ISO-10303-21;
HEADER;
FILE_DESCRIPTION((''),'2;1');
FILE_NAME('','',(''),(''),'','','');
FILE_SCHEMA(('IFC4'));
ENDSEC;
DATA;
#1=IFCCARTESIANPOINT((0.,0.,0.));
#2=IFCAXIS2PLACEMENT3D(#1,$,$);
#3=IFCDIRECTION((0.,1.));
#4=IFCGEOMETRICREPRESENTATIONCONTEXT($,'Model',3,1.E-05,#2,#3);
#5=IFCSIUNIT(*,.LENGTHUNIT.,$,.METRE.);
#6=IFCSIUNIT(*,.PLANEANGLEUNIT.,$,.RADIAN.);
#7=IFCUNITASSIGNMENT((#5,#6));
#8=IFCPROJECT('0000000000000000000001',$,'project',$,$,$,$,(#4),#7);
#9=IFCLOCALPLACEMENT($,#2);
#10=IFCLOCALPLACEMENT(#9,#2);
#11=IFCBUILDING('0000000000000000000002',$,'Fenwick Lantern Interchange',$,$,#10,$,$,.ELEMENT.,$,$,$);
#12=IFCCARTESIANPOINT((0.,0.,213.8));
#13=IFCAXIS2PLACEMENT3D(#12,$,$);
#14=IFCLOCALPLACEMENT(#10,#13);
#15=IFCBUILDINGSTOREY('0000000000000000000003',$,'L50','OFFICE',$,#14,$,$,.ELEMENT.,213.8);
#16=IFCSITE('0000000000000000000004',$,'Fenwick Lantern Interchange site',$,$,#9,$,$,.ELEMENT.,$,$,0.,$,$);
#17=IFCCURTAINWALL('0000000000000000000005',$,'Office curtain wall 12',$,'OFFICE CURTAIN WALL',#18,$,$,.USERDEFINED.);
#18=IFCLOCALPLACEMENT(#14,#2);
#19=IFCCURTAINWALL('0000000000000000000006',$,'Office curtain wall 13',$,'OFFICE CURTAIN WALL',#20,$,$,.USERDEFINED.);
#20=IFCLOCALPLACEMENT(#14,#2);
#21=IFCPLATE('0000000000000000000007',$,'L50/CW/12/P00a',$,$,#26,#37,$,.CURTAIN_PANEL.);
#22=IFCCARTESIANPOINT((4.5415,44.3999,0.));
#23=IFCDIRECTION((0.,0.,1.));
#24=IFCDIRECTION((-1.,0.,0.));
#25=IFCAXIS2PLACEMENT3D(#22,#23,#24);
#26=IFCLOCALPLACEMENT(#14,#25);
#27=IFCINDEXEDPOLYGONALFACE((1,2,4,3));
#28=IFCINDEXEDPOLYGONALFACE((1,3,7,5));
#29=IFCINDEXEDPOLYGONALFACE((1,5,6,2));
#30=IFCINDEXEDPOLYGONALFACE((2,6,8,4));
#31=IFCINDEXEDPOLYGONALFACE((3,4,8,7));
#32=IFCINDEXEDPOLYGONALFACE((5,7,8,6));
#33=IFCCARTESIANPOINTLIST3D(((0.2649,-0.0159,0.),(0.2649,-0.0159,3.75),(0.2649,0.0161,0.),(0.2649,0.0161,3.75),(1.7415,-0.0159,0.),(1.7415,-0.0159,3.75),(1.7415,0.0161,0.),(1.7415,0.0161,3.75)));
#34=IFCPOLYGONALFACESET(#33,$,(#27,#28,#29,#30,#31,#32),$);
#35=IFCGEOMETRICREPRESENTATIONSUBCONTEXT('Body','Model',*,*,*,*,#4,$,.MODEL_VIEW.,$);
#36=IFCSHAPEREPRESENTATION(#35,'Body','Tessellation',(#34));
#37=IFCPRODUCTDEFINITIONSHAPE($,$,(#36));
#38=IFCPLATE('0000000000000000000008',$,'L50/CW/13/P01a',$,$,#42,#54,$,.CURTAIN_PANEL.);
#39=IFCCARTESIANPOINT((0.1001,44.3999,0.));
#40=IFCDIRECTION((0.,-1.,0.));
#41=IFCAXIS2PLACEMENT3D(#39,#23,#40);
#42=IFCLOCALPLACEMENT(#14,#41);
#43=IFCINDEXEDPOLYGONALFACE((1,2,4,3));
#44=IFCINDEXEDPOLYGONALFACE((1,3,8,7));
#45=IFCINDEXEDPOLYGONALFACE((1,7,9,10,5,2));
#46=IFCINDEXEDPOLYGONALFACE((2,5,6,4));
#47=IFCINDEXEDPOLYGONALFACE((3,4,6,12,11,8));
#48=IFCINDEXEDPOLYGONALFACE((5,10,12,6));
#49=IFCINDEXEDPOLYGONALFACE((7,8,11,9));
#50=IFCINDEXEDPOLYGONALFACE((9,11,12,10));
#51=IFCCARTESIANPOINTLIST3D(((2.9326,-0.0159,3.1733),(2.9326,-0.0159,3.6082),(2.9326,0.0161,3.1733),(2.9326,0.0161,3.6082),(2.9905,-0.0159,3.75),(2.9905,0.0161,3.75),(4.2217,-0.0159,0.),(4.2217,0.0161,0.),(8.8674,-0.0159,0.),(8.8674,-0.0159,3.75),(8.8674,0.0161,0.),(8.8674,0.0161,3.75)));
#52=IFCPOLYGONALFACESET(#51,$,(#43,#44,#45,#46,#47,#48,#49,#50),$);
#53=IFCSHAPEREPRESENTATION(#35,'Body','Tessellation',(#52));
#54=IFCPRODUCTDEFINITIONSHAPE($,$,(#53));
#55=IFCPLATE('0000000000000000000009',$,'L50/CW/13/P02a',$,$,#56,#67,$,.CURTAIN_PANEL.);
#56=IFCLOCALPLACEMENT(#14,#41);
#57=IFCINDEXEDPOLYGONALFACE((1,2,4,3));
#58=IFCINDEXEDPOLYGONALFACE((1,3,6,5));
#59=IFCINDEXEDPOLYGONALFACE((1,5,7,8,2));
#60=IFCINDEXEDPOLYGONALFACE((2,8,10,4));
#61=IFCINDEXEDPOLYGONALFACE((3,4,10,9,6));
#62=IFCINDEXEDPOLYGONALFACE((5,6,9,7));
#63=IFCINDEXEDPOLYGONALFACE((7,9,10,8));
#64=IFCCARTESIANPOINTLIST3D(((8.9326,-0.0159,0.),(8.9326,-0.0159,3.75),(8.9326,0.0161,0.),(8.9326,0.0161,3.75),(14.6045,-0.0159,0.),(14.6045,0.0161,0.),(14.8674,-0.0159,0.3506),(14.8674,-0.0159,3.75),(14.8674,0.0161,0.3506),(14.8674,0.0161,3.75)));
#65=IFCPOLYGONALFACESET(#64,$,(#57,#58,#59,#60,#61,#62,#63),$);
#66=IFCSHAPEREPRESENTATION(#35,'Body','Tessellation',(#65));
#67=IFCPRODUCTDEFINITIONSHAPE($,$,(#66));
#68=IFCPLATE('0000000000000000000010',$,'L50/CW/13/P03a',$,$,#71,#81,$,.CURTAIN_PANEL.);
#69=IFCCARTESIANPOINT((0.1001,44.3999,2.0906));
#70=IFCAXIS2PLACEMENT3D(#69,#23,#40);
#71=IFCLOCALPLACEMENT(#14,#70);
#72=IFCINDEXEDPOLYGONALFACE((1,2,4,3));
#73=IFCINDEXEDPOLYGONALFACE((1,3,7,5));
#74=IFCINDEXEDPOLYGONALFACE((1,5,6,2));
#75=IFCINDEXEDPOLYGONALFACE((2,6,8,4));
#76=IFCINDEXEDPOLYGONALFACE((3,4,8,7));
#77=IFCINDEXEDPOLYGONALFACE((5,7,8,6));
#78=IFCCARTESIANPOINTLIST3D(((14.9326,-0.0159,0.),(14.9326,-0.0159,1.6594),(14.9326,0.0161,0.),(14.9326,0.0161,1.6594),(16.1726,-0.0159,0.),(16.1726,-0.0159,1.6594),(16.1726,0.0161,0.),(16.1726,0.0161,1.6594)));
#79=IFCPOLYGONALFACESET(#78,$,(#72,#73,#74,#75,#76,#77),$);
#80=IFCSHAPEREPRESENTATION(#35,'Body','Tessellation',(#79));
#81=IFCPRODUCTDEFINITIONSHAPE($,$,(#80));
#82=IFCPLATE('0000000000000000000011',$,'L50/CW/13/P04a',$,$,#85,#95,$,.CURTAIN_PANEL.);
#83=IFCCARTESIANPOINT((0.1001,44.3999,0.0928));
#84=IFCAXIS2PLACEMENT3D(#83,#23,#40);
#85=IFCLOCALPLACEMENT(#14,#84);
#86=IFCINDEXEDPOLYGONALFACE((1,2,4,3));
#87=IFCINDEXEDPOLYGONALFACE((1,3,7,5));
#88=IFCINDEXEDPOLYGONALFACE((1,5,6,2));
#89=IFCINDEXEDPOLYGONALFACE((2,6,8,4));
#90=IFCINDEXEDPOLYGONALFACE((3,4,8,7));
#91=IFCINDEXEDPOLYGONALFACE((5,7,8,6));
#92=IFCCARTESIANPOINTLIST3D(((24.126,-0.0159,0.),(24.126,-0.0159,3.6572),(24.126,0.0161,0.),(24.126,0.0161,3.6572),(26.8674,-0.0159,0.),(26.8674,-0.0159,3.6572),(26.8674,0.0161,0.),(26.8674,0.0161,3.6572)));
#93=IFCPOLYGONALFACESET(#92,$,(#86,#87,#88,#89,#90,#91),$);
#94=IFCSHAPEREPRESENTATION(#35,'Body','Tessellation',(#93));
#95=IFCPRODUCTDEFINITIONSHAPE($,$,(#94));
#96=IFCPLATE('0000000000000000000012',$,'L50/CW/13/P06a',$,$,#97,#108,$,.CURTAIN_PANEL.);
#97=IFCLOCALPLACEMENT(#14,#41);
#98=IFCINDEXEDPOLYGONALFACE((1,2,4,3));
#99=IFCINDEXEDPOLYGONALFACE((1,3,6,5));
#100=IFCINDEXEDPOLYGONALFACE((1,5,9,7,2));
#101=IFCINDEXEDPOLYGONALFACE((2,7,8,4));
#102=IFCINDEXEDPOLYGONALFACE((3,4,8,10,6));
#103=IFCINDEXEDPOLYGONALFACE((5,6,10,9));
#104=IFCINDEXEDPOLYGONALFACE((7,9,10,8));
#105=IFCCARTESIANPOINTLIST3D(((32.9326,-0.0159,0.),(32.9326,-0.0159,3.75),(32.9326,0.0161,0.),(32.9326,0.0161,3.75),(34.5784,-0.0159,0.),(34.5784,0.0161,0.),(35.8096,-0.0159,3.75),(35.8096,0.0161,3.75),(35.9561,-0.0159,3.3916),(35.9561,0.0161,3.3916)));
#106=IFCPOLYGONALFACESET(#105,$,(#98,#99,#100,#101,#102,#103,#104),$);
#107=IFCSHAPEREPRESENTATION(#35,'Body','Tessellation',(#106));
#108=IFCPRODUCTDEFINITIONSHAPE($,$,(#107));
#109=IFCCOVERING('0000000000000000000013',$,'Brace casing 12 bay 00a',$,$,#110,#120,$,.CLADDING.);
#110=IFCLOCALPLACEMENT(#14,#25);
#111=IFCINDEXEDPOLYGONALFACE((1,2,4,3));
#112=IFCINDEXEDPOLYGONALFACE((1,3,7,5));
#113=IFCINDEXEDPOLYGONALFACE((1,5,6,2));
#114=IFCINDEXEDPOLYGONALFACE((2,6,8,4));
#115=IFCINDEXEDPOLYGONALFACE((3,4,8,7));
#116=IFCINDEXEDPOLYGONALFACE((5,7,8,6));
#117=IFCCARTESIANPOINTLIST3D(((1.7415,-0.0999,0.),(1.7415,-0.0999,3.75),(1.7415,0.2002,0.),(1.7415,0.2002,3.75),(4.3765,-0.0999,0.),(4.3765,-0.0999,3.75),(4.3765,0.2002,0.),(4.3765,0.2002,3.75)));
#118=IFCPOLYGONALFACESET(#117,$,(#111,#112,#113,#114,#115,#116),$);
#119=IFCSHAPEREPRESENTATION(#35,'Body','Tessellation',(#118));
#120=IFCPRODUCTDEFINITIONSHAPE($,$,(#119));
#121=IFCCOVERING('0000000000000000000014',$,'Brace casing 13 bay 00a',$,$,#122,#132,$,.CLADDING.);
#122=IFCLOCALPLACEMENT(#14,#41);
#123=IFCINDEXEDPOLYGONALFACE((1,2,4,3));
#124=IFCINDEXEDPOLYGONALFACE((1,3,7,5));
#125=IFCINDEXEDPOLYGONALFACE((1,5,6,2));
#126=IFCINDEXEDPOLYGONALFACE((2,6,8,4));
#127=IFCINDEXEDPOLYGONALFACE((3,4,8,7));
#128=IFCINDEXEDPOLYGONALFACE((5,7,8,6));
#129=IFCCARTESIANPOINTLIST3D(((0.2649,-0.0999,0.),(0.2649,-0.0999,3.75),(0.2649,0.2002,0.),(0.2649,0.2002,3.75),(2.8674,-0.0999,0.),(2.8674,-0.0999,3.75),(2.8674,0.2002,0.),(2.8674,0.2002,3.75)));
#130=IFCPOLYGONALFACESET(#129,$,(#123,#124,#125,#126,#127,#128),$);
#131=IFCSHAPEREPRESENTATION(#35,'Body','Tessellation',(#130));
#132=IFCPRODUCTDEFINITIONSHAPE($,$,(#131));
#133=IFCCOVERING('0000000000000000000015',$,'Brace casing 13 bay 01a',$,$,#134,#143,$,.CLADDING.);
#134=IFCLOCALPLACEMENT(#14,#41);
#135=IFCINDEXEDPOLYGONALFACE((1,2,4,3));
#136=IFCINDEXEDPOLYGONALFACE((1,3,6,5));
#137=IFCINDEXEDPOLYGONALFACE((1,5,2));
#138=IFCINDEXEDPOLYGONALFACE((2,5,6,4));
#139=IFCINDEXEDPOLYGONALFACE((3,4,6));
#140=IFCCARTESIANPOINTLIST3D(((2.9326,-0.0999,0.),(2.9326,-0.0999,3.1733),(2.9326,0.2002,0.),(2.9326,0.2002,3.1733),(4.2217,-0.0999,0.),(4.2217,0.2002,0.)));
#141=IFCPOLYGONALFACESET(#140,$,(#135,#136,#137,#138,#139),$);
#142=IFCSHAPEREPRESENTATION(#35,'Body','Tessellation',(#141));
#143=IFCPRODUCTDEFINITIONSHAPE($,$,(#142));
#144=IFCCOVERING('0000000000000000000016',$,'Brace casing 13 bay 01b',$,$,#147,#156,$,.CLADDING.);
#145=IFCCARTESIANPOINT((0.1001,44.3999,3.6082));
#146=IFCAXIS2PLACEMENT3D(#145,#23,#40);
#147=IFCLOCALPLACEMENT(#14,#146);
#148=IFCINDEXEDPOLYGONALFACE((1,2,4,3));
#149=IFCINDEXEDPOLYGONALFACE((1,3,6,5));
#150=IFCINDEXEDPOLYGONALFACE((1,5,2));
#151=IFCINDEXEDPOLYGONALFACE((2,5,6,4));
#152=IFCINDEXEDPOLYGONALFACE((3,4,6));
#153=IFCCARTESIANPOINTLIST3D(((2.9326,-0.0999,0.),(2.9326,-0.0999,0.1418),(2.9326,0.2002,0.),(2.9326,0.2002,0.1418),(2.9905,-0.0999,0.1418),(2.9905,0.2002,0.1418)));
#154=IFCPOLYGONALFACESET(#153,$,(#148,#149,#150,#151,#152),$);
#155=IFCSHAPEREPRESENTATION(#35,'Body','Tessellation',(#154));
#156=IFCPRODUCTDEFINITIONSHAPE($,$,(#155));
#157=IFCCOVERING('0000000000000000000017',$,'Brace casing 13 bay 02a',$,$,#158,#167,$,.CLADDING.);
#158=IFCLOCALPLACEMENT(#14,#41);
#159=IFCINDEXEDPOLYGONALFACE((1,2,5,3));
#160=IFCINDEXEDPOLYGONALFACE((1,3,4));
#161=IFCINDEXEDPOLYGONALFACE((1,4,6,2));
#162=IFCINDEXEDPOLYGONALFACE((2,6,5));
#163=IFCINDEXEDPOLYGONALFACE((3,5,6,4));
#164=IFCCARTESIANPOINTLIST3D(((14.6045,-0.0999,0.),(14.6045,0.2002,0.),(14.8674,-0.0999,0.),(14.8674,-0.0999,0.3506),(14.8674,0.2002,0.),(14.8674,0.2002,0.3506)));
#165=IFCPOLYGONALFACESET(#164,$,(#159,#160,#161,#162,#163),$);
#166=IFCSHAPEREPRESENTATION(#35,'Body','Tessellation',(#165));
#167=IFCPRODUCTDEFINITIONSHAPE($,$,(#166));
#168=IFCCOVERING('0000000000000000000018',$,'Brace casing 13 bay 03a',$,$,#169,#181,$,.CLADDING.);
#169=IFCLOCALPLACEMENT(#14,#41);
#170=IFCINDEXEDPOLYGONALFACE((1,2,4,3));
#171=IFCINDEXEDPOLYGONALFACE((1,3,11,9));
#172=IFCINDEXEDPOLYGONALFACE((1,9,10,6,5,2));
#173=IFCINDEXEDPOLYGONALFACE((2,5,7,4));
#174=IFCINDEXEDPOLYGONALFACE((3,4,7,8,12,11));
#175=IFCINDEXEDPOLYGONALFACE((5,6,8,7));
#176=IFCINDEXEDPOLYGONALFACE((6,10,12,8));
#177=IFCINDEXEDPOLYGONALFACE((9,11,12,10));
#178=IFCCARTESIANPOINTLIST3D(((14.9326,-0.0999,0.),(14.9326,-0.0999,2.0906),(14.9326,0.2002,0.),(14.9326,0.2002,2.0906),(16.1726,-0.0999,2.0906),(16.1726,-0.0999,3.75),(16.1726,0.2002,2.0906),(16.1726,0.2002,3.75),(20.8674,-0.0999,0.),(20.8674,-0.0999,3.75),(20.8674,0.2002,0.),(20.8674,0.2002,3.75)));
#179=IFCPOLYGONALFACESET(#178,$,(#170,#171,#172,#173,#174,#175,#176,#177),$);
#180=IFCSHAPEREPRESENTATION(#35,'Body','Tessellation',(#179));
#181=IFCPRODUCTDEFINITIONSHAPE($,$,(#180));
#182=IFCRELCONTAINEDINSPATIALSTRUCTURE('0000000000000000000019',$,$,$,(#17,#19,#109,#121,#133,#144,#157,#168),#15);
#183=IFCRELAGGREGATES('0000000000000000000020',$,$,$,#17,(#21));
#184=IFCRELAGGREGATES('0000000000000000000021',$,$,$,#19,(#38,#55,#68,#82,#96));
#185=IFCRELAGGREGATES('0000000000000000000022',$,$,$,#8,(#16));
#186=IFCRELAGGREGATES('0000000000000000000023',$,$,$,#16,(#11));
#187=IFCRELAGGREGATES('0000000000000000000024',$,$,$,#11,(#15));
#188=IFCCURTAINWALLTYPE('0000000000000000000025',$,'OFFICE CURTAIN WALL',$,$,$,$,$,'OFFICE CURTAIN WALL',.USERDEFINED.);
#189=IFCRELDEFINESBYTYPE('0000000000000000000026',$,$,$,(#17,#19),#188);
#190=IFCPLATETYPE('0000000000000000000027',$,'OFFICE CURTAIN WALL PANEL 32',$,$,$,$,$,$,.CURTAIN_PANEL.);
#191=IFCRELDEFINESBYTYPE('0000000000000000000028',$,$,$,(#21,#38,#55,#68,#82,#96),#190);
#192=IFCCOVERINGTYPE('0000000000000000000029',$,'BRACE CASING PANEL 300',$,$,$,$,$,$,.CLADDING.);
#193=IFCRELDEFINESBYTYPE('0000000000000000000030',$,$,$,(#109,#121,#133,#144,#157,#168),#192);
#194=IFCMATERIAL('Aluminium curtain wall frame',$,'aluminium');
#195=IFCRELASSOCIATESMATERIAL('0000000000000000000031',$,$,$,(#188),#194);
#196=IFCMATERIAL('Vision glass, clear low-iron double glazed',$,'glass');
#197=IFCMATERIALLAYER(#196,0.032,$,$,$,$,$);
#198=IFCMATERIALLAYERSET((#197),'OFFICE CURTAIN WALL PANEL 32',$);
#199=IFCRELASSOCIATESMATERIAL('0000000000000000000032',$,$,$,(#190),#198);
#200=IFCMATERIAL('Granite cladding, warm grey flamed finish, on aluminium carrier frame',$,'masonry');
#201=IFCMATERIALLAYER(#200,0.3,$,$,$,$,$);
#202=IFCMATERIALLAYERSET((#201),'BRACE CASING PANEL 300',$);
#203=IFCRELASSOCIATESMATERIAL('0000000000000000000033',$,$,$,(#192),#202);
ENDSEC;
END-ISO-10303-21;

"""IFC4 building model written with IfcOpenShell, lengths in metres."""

from ifc_helpers import new_model, si_unit, direction, frame, origin, place, context, subcontext, project, spatial, polyline, outline, extrude, material, layer, layer_set, type_object, element, aggregate, save


model = new_model("IFC4")

# Units and contexts
model_context = context("Model", 3, precision=1e-05, world=origin(), true_north=direction((0.0, 1.0)))
body_context = subcontext(model_context, "Body", "Model", "MODEL_VIEW")
ifc_project = project(units=[si_unit("LENGTHUNIT", "METRE"), si_unit("PLANEANGLEUNIT", "RADIAN")], contexts=[model_context])

# Site, building, storey
site_placement = place(None, origin())
site = spatial("IfcSite", under=ifc_project, at=site_placement, Name="Fenwick Lantern Interchange site", CompositionType="ELEMENT", RefElevation=0.0)
building_placement = place(site_placement, origin())
building = spatial("IfcBuilding", under=site, at=building_placement, Name="Fenwick Lantern Interchange", CompositionType="ELEMENT")
storey_placement = place(building_placement, frame((0.0, 0.0, 213.8)))
storey = spatial("IfcBuildingStorey", under=building, at=storey_placement, Name="L50", Description="OFFICE", CompositionType="ELEMENT", Elevation=213.8)

# Shared definitions
ifc_material_1 = material(Name="Aluminium curtain wall frame", Category="aluminium")
curtain_wall_type = type_object("IfcCurtainWallType", Name="OFFICE CURTAIN WALL", ElementType="OFFICE CURTAIN WALL", PredefinedType="USERDEFINED", material=ifc_material_1)

# Curtain walls
curtain_wall_1_placement = place(storey_placement, origin())
curtain_wall_1 = element("IfcCurtainWall", 1, at=curtain_wall_1_placement, inside=storey, type_object=curtain_wall_type, Name="Office curtain wall 12", ObjectType="OFFICE CURTAIN WALL", PredefinedType="USERDEFINED")
curtain_wall_2_placement = place(storey_placement, origin())
curtain_wall_2 = element("IfcCurtainWall", 2, at=curtain_wall_2_placement, inside=storey, type_object=curtain_wall_type, Name="Office curtain wall 13", ObjectType="OFFICE CURTAIN WALL", PredefinedType="USERDEFINED")

# Plates
ifc_material_2 = material(Name="Vision glass, clear low-iron double glazed", Category="glass")
ifc_layer_1 = layer(ifc_material_2, 0.032)
ifc_layer_set_1 = layer_set([ifc_layer_1], Name="OFFICE CURTAIN WALL PANEL 32")
plate_type = type_object("IfcPlateType", Name="OFFICE CURTAIN WALL PANEL 32", PredefinedType="CURTAIN_PANEL", material=ifc_layer_set_1)
plate_1_placement = place(storey_placement, frame((4.5415, 44.3999, 0.0), z_axis=(0.0, 0.0, 1.0), x_axis=(-1.0, 0.0, 0.0)))
plate_1 = element("IfcPlate", 3, at=plate_1_placement, type_object=plate_type, Name="L50/CW/12/P00a", PredefinedType="CURTAIN_PANEL", context=body_context, shape_type="SweptSolid", body=[
    extrude(outline(polyline([(0.2649, 0.0), (1.7415, 0.0), (1.7415, 3.75), (0.2649, 3.75), (0.2649, 0.0)])), frame((0.0, 0.0161, 0.0), z_axis=(0.0, -1.0, 0.0), x_axis=(1.0, 0.0, 0.0)), (0.0, 0.0, 1.0), 0.032),
])
aggregate(curtain_wall_1, [plate_1])
plate_2_placement = place(storey_placement, frame((0.1001, 44.3999, 0.0), z_axis=(0.0, 0.0, 1.0), x_axis=(0.0, -1.0, 0.0)))
plate_2 = element("IfcPlate", 4, at=plate_2_placement, type_object=plate_type, Name="L50/CW/13/P01a", PredefinedType="CURTAIN_PANEL", context=body_context, shape_type="SweptSolid", body=[
    extrude(outline(polyline([(4.2217, 0.0), (8.8674, 0.0), (8.8674, 3.75), (2.9905, 3.75), (2.9326, 3.6082), (2.9326, 3.1733), (4.2217, 0.0)])), frame((0.0, 0.0161, 0.0), z_axis=(0.0, -1.0, 0.0), x_axis=(1.0, 0.0, 0.0)), (0.0, 0.0, 1.0), 0.032),
])
plate_3_placement = place(storey_placement, frame((0.1001, 44.3999, 0.0), z_axis=(0.0, 0.0, 1.0), x_axis=(0.0, -1.0, 0.0)))
plate_3 = element("IfcPlate", 5, at=plate_3_placement, type_object=plate_type, Name="L50/CW/13/P02a", PredefinedType="CURTAIN_PANEL", context=body_context, shape_type="SweptSolid", body=[
    extrude(outline(polyline([(8.9326, 0.0), (14.6045, 0.0), (14.8674, 0.3506), (14.8674, 3.75), (8.9326, 3.75), (8.9326, 0.0)])), frame((0.0, 0.0161, 0.0), z_axis=(0.0, -1.0, 0.0), x_axis=(1.0, 0.0, 0.0)), (0.0, 0.0, 1.0), 0.032),
])
plate_4_placement = place(storey_placement, frame((0.1001, 44.3999, 2.0906), z_axis=(0.0, 0.0, 1.0), x_axis=(0.0, -1.0, 0.0)))
plate_4 = element("IfcPlate", 6, at=plate_4_placement, type_object=plate_type, Name="L50/CW/13/P03a", PredefinedType="CURTAIN_PANEL", context=body_context, shape_type="SweptSolid", body=[
    extrude(outline(polyline([(14.9326, 0.0), (16.1726, 0.0), (16.1726, 1.6594), (14.9326, 1.6594), (14.9326, 0.0)])), frame((0.0, 0.0161, 0.0), z_axis=(0.0, -1.0, 0.0), x_axis=(1.0, 0.0, 0.0)), (0.0, 0.0, 1.0), 0.032),
])
plate_5_placement = place(storey_placement, frame((0.1001, 44.3999, 0.0928), z_axis=(0.0, 0.0, 1.0), x_axis=(0.0, -1.0, 0.0)))
plate_5 = element("IfcPlate", 7, at=plate_5_placement, type_object=plate_type, Name="L50/CW/13/P04a", PredefinedType="CURTAIN_PANEL", context=body_context, shape_type="SweptSolid", body=[
    extrude(outline(polyline([(24.126, 0.0), (26.8674, 0.0), (26.8674, 3.6572), (24.126, 3.6572), (24.126, 0.0)])), frame((0.0, 0.0161, 0.0), z_axis=(0.0, -1.0, 0.0), x_axis=(1.0, 0.0, 0.0)), (0.0, 0.0, 1.0), 0.032),
])
plate_6_placement = place(storey_placement, frame((0.1001, 44.3999, 0.0), z_axis=(0.0, 0.0, 1.0), x_axis=(0.0, -1.0, 0.0)))
plate_6 = element("IfcPlate", 8, at=plate_6_placement, type_object=plate_type, Name="L50/CW/13/P06a", PredefinedType="CURTAIN_PANEL", context=body_context, shape_type="SweptSolid", body=[
    extrude(outline(polyline([(32.9326, 0.0), (34.5784, 0.0), (35.9561, 3.3916), (35.8096, 3.75), (32.9326, 3.75), (32.9326, 0.0)])), frame((0.0, 0.0161, 0.0), z_axis=(0.0, -1.0, 0.0), x_axis=(1.0, 0.0, 0.0)), (0.0, 0.0, 1.0), 0.032),
])
aggregate(curtain_wall_2, [plate_2, plate_3, plate_4, plate_5, plate_6])

# Coverings
ifc_material_3 = material(Name="Granite cladding, warm grey flamed finish, on aluminium carrier frame", Category="masonry")
ifc_layer_2 = layer(ifc_material_3, 0.3)
ifc_layer_set_2 = layer_set([ifc_layer_2], Name="BRACE CASING PANEL 300")
covering_type = type_object("IfcCoveringType", Name="BRACE CASING PANEL 300", PredefinedType="CLADDING", material=ifc_layer_set_2)
covering_1_placement = place(storey_placement, frame((4.5415, 44.3999, 0.0), z_axis=(0.0, 0.0, 1.0), x_axis=(-1.0, 0.0, 0.0)))
element("IfcCovering", 9, at=covering_1_placement, inside=storey, type_object=covering_type, Name="Brace casing 12 bay 00a", PredefinedType="CLADDING", context=body_context, shape_type="SweptSolid", body=[
    extrude(outline(polyline([(1.7415, 0.0), (4.3765, 0.0), (4.3765, 3.75), (1.7415, 3.75), (1.7415, 0.0)])), frame((0.0, 0.2002, 0.0), z_axis=(0.0, -1.0, 0.0), x_axis=(1.0, 0.0, 0.0)), (0.0, 0.0, 1.0), 0.3),
])
covering_2_placement = place(storey_placement, frame((0.1001, 44.3999, 0.0), z_axis=(0.0, 0.0, 1.0), x_axis=(0.0, -1.0, 0.0)))
element("IfcCovering", 10, at=covering_2_placement, inside=storey, type_object=covering_type, Name="Brace casing 13 bay 00a", PredefinedType="CLADDING", context=body_context, shape_type="SweptSolid", body=[
    extrude(outline(polyline([(0.2649, 0.0), (2.8674, 0.0), (2.8674, 3.75), (0.2649, 3.75), (0.2649, 0.0)])), frame((0.0, 0.2002, 0.0), z_axis=(0.0, -1.0, 0.0), x_axis=(1.0, 0.0, 0.0)), (0.0, 0.0, 1.0), 0.3),
])
covering_3_placement = place(storey_placement, frame((0.1001, 44.3999, 0.0), z_axis=(0.0, 0.0, 1.0), x_axis=(0.0, -1.0, 0.0)))
element("IfcCovering", 11, at=covering_3_placement, inside=storey, type_object=covering_type, Name="Brace casing 13 bay 01a", PredefinedType="CLADDING", context=body_context, shape_type="SweptSolid", body=[
    extrude(outline(polyline([(2.9326, 0.0), (4.2217, 0.0), (2.9326, 3.1733), (2.9326, 0.0)])), frame((0.0, 0.2002, 0.0), z_axis=(0.0, -1.0, 0.0), x_axis=(1.0, 0.0, 0.0)), (0.0, 0.0, 1.0), 0.3),
])
covering_4_placement = place(storey_placement, frame((0.1001, 44.3999, 3.6082), z_axis=(0.0, 0.0, 1.0), x_axis=(0.0, -1.0, 0.0)))
element("IfcCovering", 12, at=covering_4_placement, inside=storey, type_object=covering_type, Name="Brace casing 13 bay 01b", PredefinedType="CLADDING", context=body_context, shape_type="SweptSolid", body=[
    extrude(outline(polyline([(2.9326, 0.0), (2.9905, 0.1418), (2.9326, 0.1418), (2.9326, 0.0)])), frame((0.0, 0.2002, 0.0), z_axis=(0.0, -1.0, 0.0), x_axis=(1.0, 0.0, 0.0)), (0.0, 0.0, 1.0), 0.3),
])
covering_5_placement = place(storey_placement, frame((0.1001, 44.3999, 0.0), z_axis=(0.0, 0.0, 1.0), x_axis=(0.0, -1.0, 0.0)))
element("IfcCovering", 13, at=covering_5_placement, inside=storey, type_object=covering_type, Name="Brace casing 13 bay 02a", PredefinedType="CLADDING", context=body_context, shape_type="SweptSolid", body=[
    extrude(outline(polyline([(14.6045, 0.0), (14.8674, 0.0), (14.8674, 0.3506), (14.6045, 0.0)])), frame((0.0, 0.2002, 0.0), z_axis=(0.0, -1.0, 0.0), x_axis=(1.0, 0.0, 0.0)), (0.0, 0.0, 1.0), 0.3),
])
covering_6_placement = place(storey_placement, frame((0.1001, 44.3999, 0.0), z_axis=(0.0, 0.0, 1.0), x_axis=(0.0, -1.0, 0.0)))
element("IfcCovering", 14, at=covering_6_placement, inside=storey, type_object=covering_type, Name="Brace casing 13 bay 03a", PredefinedType="CLADDING", context=body_context, shape_type="SweptSolid", body=[
    extrude(outline(polyline([(14.9326, 0.0), (20.8674, 0.0), (20.8674, 3.75), (16.1726, 3.75), (16.1726, 2.0906), (14.9326, 2.0906), (14.9326, 0.0)])), frame((0.0, 0.2002, 0.0), z_axis=(0.0, -1.0, 0.0), x_axis=(1.0, 0.0, 0.0)), (0.0, 0.0, 1.0), 0.3),
])

save(model, "model.ifc")
